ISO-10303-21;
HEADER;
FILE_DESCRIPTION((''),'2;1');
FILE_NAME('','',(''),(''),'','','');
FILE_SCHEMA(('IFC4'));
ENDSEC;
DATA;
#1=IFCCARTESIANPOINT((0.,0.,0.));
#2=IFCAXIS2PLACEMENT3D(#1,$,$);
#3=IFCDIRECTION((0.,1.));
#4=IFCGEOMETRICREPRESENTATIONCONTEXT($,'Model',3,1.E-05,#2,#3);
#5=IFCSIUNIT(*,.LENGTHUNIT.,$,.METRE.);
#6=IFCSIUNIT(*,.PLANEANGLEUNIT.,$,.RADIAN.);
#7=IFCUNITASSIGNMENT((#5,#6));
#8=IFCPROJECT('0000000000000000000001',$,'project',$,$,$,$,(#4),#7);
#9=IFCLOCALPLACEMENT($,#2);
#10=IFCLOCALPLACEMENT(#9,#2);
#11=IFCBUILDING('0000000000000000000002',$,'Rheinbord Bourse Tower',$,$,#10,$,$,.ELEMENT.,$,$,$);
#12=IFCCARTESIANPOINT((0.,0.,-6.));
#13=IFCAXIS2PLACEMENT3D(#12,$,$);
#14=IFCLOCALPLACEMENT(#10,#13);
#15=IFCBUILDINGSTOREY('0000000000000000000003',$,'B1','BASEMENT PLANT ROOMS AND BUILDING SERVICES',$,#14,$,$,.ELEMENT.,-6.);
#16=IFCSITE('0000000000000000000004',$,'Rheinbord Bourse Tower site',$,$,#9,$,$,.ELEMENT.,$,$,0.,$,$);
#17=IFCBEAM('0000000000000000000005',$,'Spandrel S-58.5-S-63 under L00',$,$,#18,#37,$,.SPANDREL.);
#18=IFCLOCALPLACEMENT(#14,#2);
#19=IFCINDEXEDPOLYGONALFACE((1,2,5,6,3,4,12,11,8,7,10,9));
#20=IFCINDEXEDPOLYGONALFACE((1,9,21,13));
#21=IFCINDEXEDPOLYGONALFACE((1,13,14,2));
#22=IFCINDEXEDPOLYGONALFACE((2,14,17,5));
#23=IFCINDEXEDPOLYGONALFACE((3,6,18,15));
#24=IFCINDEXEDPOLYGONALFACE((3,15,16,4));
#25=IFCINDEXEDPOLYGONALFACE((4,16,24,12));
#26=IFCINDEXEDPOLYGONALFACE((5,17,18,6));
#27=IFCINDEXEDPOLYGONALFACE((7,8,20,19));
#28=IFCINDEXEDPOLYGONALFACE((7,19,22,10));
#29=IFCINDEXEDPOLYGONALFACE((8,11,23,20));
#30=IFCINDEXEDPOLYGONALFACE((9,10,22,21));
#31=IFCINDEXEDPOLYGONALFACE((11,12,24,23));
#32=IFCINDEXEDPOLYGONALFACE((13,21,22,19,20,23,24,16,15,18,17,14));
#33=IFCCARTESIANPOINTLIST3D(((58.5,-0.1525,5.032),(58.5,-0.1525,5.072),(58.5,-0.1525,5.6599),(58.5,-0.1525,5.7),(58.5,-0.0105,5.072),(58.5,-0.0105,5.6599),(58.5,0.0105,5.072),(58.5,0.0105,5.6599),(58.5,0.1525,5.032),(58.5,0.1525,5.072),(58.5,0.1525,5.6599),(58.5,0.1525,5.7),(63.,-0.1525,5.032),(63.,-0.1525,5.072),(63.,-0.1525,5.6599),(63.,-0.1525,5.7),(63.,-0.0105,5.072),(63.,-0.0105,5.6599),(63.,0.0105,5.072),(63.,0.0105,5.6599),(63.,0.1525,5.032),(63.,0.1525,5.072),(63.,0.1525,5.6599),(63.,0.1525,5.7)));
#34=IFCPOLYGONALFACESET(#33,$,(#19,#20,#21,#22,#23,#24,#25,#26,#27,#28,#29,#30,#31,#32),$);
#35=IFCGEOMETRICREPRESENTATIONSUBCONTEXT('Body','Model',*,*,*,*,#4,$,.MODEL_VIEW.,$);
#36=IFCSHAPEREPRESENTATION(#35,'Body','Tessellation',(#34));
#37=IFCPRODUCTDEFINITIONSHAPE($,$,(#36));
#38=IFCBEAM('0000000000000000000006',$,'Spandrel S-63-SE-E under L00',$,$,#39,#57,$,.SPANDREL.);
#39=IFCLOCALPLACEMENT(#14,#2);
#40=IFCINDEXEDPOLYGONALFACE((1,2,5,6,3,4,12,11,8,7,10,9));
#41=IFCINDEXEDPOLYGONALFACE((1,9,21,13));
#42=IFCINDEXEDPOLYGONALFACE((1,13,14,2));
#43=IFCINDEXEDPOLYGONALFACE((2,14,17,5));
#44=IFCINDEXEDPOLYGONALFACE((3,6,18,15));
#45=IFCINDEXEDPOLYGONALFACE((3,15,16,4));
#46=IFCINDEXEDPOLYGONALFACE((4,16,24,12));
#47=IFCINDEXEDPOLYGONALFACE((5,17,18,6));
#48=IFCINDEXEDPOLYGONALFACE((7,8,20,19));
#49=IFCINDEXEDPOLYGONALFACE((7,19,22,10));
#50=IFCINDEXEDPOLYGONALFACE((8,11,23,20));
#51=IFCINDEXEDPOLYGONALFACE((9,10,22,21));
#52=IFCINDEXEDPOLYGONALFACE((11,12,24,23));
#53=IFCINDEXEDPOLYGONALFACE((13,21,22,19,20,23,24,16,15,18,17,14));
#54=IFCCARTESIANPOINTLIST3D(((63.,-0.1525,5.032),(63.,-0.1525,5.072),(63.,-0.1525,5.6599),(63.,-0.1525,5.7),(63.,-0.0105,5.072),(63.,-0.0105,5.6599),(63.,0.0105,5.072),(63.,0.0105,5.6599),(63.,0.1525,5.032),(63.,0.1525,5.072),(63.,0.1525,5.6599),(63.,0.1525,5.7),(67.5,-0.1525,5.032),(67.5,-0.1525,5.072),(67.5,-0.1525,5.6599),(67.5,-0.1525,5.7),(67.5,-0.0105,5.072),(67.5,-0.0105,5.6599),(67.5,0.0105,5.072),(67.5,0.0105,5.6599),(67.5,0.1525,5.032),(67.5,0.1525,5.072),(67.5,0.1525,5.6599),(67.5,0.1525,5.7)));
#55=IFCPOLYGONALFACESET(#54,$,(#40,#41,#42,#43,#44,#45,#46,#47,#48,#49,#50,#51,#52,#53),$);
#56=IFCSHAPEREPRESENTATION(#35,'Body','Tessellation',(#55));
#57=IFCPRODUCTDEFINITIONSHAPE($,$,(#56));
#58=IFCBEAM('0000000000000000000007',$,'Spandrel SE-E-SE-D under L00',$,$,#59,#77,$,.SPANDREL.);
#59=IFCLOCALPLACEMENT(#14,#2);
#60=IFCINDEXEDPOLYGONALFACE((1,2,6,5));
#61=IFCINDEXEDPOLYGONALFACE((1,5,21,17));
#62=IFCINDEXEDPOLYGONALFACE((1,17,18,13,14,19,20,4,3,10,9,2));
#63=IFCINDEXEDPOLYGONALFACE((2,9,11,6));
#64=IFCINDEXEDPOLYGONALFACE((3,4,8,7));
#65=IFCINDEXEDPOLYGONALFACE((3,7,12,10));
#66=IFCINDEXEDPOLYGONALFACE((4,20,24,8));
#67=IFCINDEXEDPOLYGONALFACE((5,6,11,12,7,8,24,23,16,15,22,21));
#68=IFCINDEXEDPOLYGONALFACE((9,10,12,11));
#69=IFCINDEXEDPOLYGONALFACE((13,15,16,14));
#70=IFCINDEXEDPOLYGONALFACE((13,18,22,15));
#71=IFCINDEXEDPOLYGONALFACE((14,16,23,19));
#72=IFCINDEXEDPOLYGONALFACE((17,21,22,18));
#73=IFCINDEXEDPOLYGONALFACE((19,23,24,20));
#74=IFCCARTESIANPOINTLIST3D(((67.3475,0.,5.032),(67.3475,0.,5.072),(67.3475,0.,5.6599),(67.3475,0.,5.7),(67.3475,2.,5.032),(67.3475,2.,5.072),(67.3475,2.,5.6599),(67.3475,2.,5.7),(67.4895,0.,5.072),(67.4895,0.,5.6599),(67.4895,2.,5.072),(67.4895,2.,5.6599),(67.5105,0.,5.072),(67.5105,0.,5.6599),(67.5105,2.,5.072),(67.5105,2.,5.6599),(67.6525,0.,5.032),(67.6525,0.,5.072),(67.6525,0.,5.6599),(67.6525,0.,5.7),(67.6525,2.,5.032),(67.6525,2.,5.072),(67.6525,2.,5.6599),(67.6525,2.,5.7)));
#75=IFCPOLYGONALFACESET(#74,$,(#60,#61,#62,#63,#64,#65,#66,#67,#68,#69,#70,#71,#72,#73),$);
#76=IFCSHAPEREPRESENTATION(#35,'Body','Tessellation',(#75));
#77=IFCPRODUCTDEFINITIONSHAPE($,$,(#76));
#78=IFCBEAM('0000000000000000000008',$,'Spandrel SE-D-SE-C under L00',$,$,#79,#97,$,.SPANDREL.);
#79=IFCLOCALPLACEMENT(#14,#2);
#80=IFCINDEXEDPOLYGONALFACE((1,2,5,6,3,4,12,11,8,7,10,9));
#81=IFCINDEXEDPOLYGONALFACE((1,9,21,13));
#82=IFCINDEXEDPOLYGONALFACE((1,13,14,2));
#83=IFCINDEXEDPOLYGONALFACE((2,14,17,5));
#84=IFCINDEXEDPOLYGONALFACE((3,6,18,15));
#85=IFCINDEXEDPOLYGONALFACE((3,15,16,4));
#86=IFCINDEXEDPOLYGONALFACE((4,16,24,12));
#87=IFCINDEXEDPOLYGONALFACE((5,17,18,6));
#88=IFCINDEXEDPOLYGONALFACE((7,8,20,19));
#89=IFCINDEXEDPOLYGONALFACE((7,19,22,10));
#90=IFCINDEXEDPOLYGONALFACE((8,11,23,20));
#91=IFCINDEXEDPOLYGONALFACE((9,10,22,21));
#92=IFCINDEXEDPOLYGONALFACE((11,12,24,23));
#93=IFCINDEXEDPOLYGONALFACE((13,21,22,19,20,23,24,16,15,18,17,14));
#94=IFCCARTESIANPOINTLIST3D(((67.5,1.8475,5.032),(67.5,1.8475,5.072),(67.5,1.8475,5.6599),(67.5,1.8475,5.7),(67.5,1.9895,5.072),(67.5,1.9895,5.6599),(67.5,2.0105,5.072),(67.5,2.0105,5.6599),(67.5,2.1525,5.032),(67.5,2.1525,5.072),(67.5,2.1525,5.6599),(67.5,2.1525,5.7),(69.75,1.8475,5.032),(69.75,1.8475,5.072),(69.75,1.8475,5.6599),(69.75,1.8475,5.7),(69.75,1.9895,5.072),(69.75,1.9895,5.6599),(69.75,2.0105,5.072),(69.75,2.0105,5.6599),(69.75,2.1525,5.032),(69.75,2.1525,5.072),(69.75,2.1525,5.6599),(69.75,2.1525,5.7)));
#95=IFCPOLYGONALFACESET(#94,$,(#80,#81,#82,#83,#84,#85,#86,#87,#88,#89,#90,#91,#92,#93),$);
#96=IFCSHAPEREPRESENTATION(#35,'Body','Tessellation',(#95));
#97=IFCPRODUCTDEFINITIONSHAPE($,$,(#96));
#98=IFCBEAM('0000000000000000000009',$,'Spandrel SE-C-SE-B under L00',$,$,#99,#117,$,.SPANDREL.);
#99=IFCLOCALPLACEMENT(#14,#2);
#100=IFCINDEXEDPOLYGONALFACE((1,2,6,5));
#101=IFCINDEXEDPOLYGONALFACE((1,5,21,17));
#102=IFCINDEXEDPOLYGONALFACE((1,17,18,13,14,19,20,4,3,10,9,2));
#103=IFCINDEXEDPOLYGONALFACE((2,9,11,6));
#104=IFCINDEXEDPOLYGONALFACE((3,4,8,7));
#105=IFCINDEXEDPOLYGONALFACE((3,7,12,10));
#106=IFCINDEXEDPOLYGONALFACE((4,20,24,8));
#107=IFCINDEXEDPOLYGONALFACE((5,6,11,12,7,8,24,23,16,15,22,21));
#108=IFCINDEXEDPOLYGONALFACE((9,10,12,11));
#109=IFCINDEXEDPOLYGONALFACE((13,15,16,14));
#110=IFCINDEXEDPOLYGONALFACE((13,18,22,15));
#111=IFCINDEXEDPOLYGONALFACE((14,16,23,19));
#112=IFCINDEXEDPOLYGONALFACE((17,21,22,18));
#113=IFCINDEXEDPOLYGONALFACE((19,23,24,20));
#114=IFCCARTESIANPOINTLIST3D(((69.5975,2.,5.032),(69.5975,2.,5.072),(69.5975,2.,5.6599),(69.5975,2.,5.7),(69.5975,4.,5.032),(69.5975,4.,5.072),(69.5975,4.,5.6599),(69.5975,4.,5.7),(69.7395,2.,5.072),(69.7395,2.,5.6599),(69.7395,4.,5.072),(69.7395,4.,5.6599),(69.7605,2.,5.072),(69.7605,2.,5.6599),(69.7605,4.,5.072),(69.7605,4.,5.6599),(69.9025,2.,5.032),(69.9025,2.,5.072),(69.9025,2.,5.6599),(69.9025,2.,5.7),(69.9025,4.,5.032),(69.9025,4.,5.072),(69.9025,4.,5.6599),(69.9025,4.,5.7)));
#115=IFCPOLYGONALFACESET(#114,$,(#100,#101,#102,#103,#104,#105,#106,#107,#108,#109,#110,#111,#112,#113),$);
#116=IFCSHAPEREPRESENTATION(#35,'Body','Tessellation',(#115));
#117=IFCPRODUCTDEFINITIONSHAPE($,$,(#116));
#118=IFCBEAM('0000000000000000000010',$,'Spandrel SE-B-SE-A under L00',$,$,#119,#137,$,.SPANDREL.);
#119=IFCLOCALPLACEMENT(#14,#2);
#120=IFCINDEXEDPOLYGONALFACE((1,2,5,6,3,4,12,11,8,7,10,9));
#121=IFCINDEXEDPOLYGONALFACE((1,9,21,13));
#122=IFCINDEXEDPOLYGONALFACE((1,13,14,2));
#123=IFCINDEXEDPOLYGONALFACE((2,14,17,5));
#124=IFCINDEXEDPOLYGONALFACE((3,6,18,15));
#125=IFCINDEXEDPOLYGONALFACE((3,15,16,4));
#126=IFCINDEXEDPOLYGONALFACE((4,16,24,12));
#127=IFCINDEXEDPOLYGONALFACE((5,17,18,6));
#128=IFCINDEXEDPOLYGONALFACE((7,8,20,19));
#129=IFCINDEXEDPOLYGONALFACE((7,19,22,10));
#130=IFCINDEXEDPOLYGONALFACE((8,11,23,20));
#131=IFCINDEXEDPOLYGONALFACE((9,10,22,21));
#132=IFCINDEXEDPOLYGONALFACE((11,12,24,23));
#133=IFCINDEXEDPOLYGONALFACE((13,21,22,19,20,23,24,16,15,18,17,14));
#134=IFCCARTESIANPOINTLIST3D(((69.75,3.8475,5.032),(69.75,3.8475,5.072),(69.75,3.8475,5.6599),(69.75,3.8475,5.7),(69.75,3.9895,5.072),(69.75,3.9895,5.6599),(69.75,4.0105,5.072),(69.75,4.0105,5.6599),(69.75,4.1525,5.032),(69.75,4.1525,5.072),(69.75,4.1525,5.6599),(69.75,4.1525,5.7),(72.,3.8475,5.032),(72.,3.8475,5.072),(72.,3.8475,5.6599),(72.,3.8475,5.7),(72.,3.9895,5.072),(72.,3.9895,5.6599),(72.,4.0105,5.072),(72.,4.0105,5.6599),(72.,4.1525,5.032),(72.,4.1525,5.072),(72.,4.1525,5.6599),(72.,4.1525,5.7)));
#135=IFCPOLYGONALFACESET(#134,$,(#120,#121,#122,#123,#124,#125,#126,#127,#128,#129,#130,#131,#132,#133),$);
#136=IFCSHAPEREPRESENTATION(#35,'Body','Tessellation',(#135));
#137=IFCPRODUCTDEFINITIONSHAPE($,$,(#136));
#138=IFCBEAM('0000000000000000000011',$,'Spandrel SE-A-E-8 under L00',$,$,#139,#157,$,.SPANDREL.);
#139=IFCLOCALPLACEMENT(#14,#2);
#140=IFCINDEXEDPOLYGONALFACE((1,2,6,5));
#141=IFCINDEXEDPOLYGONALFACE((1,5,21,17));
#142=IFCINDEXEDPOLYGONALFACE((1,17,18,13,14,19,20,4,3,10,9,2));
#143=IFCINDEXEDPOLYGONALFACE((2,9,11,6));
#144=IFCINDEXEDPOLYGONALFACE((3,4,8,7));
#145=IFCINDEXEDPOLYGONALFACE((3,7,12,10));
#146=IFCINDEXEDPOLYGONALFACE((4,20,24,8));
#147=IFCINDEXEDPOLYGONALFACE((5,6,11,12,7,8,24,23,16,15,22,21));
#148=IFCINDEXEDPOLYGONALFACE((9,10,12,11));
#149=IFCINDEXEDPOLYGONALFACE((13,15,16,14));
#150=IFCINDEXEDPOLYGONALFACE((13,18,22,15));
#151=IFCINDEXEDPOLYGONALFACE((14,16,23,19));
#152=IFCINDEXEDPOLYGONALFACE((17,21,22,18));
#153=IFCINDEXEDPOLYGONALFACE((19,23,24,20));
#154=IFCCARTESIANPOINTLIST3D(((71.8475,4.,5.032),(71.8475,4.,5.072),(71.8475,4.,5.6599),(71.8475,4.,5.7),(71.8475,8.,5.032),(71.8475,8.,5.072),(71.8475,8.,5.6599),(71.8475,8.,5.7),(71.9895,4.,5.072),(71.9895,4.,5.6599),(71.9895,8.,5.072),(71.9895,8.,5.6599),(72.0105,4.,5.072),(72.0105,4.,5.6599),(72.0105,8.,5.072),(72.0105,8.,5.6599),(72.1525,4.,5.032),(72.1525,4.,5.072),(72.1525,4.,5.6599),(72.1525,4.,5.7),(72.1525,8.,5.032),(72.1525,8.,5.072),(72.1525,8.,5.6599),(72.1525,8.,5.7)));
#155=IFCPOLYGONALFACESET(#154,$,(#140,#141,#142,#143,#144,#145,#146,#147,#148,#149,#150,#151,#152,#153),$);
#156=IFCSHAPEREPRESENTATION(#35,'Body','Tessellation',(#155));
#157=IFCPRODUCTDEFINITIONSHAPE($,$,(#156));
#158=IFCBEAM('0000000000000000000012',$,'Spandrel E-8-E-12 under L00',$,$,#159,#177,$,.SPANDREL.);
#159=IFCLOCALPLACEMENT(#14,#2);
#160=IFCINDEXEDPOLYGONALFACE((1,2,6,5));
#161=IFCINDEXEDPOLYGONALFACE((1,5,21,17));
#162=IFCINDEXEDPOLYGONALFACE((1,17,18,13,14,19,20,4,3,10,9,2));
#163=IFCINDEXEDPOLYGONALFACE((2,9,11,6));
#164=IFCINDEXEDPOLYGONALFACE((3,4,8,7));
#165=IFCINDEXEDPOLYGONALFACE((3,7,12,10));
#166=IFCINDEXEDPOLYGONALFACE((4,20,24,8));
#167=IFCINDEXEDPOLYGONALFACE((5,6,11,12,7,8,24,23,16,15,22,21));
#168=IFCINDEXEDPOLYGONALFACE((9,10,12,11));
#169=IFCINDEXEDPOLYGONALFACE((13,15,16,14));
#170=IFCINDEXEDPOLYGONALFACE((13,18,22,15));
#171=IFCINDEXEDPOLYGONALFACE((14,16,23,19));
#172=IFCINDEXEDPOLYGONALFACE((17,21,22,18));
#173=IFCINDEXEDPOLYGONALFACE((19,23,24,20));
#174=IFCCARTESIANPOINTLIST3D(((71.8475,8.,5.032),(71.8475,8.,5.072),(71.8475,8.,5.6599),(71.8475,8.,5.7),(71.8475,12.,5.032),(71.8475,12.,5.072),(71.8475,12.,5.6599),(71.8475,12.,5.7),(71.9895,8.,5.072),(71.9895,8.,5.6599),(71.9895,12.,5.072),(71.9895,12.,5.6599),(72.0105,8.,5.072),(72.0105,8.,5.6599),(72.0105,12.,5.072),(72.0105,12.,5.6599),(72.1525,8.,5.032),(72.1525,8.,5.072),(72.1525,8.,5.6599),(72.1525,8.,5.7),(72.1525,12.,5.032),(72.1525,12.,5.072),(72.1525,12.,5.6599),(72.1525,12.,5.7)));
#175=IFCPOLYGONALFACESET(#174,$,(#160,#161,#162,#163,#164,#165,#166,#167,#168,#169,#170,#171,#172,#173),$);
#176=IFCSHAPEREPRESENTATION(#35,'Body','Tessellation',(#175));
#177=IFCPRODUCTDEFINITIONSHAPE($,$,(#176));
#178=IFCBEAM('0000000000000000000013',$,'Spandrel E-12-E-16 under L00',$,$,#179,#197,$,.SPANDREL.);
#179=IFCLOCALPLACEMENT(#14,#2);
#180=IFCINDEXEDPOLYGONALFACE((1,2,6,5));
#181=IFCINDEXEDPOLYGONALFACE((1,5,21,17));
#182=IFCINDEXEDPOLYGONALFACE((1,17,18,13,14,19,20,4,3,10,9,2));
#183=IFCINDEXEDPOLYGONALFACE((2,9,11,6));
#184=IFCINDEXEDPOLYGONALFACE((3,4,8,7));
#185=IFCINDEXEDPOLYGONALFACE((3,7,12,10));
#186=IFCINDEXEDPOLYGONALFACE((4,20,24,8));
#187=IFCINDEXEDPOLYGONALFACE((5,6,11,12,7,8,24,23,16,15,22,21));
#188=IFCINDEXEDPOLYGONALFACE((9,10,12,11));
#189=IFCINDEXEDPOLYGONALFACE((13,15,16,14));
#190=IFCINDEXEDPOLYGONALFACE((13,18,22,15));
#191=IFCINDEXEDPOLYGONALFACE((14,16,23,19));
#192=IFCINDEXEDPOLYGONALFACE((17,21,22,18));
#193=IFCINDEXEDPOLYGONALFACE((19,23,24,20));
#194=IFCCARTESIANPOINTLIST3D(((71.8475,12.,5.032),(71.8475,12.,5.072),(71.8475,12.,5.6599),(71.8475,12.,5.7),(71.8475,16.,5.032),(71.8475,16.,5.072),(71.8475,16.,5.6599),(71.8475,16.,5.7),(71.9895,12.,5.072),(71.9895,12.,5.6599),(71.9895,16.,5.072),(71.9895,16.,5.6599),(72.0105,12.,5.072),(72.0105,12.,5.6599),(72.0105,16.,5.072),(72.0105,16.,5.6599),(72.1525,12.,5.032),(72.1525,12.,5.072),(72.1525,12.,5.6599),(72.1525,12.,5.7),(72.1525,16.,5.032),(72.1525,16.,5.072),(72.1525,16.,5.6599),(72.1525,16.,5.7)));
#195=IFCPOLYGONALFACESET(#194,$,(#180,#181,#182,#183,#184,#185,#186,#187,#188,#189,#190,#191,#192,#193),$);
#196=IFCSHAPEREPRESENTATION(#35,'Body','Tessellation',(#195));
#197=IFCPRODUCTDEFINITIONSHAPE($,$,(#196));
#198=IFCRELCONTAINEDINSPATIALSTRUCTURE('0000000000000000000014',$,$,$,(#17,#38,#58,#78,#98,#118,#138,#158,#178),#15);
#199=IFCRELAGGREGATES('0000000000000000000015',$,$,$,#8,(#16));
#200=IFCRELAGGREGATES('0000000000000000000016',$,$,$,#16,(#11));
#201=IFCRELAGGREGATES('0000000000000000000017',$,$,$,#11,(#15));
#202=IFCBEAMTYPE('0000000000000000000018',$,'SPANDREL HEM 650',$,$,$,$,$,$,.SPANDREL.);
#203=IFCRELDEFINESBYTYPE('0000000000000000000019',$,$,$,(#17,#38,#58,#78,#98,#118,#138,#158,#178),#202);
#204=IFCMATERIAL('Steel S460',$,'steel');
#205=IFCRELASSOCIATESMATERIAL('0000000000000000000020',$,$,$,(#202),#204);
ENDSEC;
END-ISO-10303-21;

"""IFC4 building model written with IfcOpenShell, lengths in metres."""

from ifc_helpers import new_model, si_unit, direction, frame, origin, origin_2d, place, context, subcontext, project, spatial, i_section, extrude, material, material_profile, profile_set, type_object, element, save


model = new_model("IFC4")

# Units and contexts
model_context = context("Model", 3, precision=1e-05, world=origin(), true_north=direction((0.0, 1.0)))
body_context = subcontext(model_context, "Body", "Model", "MODEL_VIEW")
ifc_project = project(units=[si_unit("LENGTHUNIT", "METRE"), si_unit("PLANEANGLEUNIT", "RADIAN")], contexts=[model_context])

# Site, building, storey
site_placement = place(None, origin())
site = spatial("IfcSite", under=ifc_project, at=site_placement, Name="Rheinbord Bourse Tower site", CompositionType="ELEMENT", RefElevation=0.0)
building_placement = place(site_placement, origin())
building = spatial("IfcBuilding", under=site, at=building_placement, Name="Rheinbord Bourse Tower", CompositionType="ELEMENT")
storey_placement = place(building_placement, frame((0.0, 0.0, -6.0)))
storey = spatial("IfcBuildingStorey", under=building, at=storey_placement, Name="B1", Description="BASEMENT PLANT ROOMS AND BUILDING SERVICES", CompositionType="ELEMENT", Elevation=-6.0)

# Beams
ifc_material_1 = material(Name="Steel S460", Category="steel")
ifc_material_profile_1 = material_profile(ifc_material_1, i_section(OverallWidth=0.3049, OverallDepth=0.668, WebThickness=0.021, FlangeThickness=0.04, at=origin_2d()), Name="HEM 650")
ifc_profile_set_1 = profile_set([ifc_material_profile_1], Name="Steel S460")
beam_type_1 = type_object("IfcBeamType", Name="SPANDREL HEM 650", PredefinedType="SPANDREL", material=ifc_profile_set_1)
for number, where, z_axis, x_axis, name in (
    (1, (58.5, 0.0, 5.366), (1.0, 0.0, 0.0), (0.0, 1.0, 0.0), "Spandrel S-58.5-S-63 under L00"),
    (2, (63.0, 0.0, 5.366), (1.0, 0.0, 0.0), (0.0, 1.0, 0.0), "Spandrel S-63-SE-E under L00"),
):
    element("IfcBeam", number, at=place(storey_placement, frame(where, z_axis=z_axis, x_axis=x_axis)), inside=storey, type_object=beam_type_1, Name=name, PredefinedType="SPANDREL", context=body_context, shape_type="SweptSolid", body=[
        extrude(i_section(OverallWidth=0.3049, OverallDepth=0.668, WebThickness=0.021, FlangeThickness=0.04, at=origin_2d()), origin(), (0.0, 0.0, 1.0), 4.5),
    ])
beam_1_placement = place(storey_placement, frame((67.5, 0.0, 5.366), z_axis=(0.0, 1.0, 0.0), x_axis=(-1.0, 0.0, 0.0)))
element("IfcBeam", 3, at=beam_1_placement, inside=storey, type_object=beam_type_1, Name="Spandrel SE-E-SE-D under L00", PredefinedType="SPANDREL", context=body_context, shape_type="SweptSolid", body=[
    extrude(i_section(OverallWidth=0.3049, OverallDepth=0.668, WebThickness=0.021, FlangeThickness=0.04, at=origin_2d()), origin(), (0.0, 0.0, 1.0), 2.0),
])
beam_2_placement = place(storey_placement, frame((67.5, 2.0, 5.366), z_axis=(1.0, 0.0, 0.0), x_axis=(0.0, 1.0, 0.0)))
element("IfcBeam", 4, at=beam_2_placement, inside=storey, type_object=beam_type_1, Name="Spandrel SE-D-SE-C under L00", PredefinedType="SPANDREL", context=body_context, shape_type="SweptSolid", body=[
    extrude(i_section(OverallWidth=0.3049, OverallDepth=0.668, WebThickness=0.021, FlangeThickness=0.04, at=origin_2d()), origin(), (0.0, 0.0, 1.0), 2.25),
])
beam_3_placement = place(storey_placement, frame((69.75, 2.0, 5.366), z_axis=(0.0, 1.0, 0.0), x_axis=(-1.0, 0.0, 0.0)))
element("IfcBeam", 5, at=beam_3_placement, inside=storey, type_object=beam_type_1, Name="Spandrel SE-C-SE-B under L00", PredefinedType="SPANDREL", context=body_context, shape_type="SweptSolid", body=[
    extrude(i_section(OverallWidth=0.3049, OverallDepth=0.668, WebThickness=0.021, FlangeThickness=0.04, at=origin_2d()), origin(), (0.0, 0.0, 1.0), 2.0),
])
beam_4_placement = place(storey_placement, frame((69.75, 4.0, 5.366), z_axis=(1.0, 0.0, 0.0), x_axis=(0.0, 1.0, 0.0)))
element("IfcBeam", 6, at=beam_4_placement, inside=storey, type_object=beam_type_1, Name="Spandrel SE-B-SE-A under L00", PredefinedType="SPANDREL", context=body_context, shape_type="SweptSolid", body=[
    extrude(i_section(OverallWidth=0.3049, OverallDepth=0.668, WebThickness=0.021, FlangeThickness=0.04, at=origin_2d()), origin(), (0.0, 0.0, 1.0), 2.25),
])
for number, where, z_axis, x_axis, name in (
    (7, (72.0, 4.0, 5.366), (0.0, 1.0, 0.0), (-1.0, 0.0, 0.0), "Spandrel SE-A-E-8 under L00"),
    (8, (72.0, 8.0, 5.366), (0.0, 1.0, 0.0), (-1.0, 0.0, 0.0), "Spandrel E-8-E-12 under L00"),
    (9, (72.0, 12.0, 5.366), (0.0, 1.0, 0.0), (-1.0, 0.0, 0.0), "Spandrel E-12-E-16 under L00"),
):
    element("IfcBeam", number, at=place(storey_placement, frame(where, z_axis=z_axis, x_axis=x_axis)), inside=storey, type_object=beam_type_1, Name=name, PredefinedType="SPANDREL", context=body_context, shape_type="SweptSolid", body=[
        extrude(i_section(OverallWidth=0.3049, OverallDepth=0.668, WebThickness=0.021, FlangeThickness=0.04, at=origin_2d()), origin(), (0.0, 0.0, 1.0), 4.0),
    ])

save(model, "model.ifc")
